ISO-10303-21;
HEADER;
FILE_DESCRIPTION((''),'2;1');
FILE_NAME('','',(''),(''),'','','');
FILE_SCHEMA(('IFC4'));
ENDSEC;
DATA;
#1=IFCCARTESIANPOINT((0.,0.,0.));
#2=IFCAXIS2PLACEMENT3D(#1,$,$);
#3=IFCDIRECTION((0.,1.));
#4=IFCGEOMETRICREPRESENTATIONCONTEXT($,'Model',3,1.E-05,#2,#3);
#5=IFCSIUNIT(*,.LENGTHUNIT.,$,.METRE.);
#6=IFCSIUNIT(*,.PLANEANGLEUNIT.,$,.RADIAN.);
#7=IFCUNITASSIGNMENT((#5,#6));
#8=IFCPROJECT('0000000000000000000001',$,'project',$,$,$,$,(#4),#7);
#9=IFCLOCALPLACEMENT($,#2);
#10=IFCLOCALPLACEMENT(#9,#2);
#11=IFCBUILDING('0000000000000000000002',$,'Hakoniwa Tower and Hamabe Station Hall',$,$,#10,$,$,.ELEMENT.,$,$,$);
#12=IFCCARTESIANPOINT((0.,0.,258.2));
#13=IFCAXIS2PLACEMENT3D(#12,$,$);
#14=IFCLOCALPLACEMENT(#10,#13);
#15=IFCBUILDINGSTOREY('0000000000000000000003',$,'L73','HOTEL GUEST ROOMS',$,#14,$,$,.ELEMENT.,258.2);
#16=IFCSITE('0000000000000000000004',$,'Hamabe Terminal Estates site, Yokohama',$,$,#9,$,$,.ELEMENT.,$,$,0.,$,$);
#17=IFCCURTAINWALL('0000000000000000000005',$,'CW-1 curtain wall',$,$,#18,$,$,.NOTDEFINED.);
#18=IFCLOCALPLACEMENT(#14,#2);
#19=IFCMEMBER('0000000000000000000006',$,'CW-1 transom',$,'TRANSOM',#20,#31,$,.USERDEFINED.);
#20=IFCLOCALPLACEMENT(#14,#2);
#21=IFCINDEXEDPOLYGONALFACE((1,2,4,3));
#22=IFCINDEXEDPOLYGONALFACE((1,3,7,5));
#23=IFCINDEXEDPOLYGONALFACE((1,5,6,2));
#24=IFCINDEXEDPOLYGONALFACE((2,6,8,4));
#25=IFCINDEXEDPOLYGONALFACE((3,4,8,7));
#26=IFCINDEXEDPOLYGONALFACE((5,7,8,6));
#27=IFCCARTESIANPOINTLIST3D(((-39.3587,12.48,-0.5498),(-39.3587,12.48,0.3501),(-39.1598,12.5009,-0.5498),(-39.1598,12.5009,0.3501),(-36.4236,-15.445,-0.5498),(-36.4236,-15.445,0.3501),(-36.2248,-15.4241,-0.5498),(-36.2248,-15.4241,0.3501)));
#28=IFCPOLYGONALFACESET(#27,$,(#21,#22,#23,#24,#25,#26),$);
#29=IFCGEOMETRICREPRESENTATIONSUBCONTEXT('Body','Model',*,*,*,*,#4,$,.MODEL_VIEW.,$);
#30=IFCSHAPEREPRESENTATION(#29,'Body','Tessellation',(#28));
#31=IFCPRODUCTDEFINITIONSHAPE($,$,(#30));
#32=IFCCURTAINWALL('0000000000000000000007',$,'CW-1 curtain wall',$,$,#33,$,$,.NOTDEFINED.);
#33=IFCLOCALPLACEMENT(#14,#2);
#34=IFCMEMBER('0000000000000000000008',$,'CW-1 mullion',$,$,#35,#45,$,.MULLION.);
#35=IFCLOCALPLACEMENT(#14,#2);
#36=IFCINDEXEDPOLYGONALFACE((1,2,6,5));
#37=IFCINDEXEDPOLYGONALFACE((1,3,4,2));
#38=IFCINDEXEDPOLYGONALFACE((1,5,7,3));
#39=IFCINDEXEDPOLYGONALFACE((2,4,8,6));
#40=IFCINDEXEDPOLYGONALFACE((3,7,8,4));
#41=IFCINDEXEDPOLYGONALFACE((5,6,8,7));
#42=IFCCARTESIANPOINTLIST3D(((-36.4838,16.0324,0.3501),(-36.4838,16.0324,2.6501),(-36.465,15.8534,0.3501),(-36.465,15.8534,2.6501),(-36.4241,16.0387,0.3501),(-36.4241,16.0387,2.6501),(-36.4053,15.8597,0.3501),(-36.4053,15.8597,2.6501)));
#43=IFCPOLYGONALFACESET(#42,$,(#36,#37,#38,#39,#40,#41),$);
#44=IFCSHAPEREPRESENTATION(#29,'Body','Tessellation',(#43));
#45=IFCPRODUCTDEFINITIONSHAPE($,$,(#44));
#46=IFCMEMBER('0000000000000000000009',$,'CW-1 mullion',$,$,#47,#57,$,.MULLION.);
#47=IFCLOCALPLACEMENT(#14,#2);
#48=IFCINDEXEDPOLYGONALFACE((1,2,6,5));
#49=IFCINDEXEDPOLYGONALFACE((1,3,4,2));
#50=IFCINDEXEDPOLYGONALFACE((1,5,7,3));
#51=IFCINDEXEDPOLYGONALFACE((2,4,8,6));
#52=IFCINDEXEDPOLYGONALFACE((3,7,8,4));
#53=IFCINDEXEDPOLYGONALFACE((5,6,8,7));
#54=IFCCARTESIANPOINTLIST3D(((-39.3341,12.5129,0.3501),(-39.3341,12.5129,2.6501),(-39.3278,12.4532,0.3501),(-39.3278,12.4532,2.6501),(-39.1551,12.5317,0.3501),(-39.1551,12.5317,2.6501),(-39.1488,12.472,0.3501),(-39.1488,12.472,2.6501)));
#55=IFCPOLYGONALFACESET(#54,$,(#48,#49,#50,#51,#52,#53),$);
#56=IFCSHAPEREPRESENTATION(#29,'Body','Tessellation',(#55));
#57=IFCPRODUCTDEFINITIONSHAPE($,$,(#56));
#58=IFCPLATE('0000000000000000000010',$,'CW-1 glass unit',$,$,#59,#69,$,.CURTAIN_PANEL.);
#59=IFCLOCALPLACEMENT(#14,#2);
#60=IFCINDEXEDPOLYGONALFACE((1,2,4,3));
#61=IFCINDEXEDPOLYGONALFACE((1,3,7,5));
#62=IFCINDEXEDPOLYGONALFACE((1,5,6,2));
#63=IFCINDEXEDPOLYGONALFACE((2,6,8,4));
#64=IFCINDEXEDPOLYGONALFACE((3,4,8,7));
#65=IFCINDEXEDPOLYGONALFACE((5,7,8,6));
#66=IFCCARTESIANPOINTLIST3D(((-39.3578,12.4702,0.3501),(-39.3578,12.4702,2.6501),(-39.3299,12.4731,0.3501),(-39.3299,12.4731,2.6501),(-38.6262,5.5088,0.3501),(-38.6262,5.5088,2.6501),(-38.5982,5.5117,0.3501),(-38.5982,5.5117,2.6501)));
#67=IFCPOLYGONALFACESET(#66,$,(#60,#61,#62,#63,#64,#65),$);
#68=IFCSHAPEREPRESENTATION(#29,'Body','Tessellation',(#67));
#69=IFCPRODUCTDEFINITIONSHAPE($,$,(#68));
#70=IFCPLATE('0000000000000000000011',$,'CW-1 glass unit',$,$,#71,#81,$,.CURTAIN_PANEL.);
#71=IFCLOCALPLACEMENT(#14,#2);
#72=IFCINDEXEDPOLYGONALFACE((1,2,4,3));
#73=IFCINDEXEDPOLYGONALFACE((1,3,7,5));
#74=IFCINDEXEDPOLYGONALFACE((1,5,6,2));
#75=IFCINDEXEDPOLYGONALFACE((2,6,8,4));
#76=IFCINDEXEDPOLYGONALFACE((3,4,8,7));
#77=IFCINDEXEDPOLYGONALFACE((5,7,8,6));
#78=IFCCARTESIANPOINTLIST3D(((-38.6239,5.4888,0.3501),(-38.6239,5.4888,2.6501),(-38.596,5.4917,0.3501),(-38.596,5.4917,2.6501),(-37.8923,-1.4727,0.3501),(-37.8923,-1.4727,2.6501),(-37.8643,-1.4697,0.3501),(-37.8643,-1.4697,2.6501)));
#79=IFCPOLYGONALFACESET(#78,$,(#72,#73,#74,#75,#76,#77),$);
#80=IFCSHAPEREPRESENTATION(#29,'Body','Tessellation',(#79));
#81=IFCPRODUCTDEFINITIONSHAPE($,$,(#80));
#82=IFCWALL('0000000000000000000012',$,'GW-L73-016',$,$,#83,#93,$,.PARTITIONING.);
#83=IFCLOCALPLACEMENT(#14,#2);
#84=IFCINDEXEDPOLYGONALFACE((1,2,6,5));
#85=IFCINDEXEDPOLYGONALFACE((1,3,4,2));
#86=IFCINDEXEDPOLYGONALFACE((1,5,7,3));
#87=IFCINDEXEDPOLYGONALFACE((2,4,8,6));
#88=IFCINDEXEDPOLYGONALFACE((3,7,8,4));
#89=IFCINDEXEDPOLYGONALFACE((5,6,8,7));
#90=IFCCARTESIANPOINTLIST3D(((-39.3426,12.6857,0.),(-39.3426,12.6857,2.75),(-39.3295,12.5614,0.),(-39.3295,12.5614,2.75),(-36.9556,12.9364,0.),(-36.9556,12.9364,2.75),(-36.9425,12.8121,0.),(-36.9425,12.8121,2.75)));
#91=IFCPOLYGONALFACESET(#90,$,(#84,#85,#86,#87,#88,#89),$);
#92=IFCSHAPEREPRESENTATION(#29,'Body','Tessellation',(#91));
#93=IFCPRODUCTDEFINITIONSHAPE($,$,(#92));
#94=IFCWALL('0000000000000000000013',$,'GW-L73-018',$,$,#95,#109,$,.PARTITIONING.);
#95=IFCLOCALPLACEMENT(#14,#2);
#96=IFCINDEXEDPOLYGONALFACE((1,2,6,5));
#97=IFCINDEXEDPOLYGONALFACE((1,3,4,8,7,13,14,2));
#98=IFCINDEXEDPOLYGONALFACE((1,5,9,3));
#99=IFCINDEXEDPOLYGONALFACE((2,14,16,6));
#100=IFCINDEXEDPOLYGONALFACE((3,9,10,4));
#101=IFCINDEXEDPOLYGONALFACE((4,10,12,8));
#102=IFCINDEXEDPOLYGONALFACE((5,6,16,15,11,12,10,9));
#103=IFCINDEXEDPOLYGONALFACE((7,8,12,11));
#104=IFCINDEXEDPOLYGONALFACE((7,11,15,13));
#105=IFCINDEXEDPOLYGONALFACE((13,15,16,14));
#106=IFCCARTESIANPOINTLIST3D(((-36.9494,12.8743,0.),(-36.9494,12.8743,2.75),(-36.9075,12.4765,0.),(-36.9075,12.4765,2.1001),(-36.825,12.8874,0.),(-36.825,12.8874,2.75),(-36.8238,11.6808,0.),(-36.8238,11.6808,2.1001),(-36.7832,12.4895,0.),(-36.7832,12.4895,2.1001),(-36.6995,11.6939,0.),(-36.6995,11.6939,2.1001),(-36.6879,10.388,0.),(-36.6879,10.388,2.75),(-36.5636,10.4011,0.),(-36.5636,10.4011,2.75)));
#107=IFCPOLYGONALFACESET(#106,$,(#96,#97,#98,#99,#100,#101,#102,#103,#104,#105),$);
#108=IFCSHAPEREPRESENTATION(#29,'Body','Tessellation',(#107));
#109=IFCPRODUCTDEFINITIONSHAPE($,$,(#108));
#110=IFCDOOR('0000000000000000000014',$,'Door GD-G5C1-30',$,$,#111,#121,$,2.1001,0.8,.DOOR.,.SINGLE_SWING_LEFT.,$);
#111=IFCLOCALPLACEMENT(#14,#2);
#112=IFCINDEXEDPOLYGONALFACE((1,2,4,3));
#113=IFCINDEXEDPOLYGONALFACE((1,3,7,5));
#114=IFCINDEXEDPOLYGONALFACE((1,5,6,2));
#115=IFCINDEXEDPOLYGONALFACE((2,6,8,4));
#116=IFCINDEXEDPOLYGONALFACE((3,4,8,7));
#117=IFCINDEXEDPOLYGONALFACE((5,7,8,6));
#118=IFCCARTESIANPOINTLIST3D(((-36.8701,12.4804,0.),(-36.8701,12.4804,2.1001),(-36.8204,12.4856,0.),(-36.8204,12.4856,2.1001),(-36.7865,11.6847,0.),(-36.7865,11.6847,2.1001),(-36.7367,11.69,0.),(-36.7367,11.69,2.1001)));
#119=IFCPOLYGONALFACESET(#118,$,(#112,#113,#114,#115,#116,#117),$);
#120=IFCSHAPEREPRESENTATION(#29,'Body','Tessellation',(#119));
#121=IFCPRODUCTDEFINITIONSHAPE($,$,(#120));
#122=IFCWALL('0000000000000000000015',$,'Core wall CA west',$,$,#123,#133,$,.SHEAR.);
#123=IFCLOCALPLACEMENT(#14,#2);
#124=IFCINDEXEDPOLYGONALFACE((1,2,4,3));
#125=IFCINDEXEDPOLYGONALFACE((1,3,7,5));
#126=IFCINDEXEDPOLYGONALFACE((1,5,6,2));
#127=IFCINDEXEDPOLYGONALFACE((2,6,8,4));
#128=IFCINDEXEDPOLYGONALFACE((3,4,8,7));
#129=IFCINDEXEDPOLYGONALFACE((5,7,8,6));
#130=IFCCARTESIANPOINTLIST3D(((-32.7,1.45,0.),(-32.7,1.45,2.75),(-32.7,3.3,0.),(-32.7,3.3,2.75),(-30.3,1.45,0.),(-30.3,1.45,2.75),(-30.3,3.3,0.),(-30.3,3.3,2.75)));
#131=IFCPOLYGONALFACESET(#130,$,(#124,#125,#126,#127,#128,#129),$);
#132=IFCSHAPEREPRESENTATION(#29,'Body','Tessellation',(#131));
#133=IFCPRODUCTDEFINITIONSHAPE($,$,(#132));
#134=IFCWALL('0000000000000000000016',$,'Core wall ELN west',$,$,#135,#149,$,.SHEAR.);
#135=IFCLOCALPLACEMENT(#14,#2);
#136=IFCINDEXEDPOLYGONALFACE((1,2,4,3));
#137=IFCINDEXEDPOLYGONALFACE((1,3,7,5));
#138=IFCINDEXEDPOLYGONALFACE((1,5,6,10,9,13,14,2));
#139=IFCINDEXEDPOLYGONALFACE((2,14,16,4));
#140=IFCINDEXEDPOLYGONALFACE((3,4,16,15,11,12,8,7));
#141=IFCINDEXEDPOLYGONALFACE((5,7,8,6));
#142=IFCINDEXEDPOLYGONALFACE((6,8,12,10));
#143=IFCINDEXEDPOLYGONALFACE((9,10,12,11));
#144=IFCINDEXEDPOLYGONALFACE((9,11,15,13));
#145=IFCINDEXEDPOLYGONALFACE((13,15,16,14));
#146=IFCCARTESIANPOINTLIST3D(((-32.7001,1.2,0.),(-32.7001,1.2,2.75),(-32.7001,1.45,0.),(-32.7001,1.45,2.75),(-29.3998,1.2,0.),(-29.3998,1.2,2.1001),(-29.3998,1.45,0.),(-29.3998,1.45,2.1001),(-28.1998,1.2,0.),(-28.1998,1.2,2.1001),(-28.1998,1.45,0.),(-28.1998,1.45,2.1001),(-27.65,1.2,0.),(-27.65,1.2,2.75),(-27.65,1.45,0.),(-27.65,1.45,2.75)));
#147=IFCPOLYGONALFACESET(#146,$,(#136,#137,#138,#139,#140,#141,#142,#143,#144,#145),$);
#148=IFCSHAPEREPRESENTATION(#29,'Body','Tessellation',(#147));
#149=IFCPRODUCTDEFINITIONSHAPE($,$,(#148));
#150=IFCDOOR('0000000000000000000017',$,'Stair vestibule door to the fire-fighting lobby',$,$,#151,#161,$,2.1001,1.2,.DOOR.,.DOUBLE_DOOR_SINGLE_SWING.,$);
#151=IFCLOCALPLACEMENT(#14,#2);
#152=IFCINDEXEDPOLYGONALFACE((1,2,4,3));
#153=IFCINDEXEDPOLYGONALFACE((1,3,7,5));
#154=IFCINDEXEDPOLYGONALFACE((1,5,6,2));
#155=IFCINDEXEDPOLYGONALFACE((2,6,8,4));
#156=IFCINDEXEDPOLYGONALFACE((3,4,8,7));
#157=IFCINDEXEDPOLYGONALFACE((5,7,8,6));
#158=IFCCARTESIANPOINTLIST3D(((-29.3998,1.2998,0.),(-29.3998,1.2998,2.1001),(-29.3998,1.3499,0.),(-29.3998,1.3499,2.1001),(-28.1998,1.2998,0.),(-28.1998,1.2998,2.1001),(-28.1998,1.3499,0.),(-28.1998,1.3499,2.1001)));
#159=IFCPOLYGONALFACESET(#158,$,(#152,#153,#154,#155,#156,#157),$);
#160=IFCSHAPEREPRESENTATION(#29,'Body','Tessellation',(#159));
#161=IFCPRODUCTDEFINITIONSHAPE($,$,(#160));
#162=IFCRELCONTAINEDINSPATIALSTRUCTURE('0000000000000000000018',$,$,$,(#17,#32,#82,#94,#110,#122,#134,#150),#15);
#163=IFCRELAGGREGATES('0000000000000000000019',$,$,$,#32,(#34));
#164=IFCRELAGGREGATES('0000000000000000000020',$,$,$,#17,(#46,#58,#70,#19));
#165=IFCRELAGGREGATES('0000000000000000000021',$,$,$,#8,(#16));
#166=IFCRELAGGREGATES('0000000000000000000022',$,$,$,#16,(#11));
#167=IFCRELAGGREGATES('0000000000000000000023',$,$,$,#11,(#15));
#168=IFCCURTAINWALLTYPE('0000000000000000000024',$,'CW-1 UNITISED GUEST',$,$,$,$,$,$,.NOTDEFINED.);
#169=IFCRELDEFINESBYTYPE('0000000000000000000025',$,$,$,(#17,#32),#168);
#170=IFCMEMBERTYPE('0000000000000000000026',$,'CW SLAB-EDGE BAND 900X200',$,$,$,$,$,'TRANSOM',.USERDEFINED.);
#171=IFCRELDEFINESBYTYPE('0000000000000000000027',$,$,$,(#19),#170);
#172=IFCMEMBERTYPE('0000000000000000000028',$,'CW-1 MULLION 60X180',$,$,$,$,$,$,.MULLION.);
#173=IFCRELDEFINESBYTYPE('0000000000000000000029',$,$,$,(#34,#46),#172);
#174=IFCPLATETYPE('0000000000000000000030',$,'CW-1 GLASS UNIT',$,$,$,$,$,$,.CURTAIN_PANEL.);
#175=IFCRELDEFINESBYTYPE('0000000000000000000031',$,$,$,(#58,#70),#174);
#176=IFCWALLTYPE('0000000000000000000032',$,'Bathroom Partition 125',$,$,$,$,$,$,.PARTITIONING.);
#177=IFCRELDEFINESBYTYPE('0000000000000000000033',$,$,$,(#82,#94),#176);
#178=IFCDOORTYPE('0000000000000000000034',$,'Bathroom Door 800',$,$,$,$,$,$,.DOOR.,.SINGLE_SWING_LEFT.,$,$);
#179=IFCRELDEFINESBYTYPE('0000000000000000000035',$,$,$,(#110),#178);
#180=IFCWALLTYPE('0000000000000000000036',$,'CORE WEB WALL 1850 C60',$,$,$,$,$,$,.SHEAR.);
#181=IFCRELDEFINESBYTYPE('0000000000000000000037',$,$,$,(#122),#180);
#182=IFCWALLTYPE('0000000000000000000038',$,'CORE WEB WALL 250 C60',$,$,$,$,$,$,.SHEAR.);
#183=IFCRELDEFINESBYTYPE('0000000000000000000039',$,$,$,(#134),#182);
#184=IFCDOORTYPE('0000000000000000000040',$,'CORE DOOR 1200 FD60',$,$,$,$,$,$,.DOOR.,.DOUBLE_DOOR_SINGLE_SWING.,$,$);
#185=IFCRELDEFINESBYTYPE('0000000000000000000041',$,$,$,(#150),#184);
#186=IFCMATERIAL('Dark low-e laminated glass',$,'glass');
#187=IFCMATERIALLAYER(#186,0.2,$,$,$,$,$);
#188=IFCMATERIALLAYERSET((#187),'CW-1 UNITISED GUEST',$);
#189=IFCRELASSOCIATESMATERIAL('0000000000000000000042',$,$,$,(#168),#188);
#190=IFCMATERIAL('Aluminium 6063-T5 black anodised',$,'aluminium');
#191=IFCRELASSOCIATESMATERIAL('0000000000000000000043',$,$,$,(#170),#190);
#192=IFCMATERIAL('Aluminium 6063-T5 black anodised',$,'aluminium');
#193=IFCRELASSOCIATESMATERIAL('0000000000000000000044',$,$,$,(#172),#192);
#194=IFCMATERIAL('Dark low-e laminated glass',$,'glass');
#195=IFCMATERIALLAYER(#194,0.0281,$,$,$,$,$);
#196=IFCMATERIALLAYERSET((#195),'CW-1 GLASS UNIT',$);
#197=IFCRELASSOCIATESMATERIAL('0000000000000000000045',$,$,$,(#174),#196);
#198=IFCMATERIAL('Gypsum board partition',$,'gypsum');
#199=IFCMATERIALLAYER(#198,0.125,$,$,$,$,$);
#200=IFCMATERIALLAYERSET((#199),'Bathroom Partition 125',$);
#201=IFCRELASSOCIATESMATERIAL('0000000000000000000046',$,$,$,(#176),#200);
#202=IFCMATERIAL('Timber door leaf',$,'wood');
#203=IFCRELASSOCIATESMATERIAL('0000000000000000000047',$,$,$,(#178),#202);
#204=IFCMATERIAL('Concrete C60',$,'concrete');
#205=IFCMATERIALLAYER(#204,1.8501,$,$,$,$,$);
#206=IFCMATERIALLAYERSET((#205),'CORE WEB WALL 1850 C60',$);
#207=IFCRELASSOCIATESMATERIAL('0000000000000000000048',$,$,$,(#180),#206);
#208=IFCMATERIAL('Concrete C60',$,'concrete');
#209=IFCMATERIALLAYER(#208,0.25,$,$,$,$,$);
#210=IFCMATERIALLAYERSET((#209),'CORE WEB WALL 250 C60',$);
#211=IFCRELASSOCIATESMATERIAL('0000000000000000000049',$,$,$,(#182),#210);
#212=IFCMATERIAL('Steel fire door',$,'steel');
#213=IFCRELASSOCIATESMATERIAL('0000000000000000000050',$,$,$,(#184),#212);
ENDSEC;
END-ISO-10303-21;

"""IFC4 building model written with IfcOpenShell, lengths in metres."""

from ifc_helpers import new_model, si_unit, direction, frame, frame_2d, origin, origin_2d, place, context, subcontext, project, spatial, rectangle, extrude, material, layer, layer_set, material_profile, profile_set, type_object, element, fill, aggregate, save


model = new_model("IFC4")

# Units and contexts
model_context = context("Model", 3, precision=1e-05, world=origin(), true_north=direction((0.0, 1.0)))
body_context = subcontext(model_context, "Body", "Model", "MODEL_VIEW")
ifc_project = project(units=[si_unit("LENGTHUNIT", "METRE"), si_unit("PLANEANGLEUNIT", "RADIAN")], contexts=[model_context])

# Site, building, storey
site_placement = place(None, origin())
site = spatial("IfcSite", under=ifc_project, at=site_placement, Name="Hamabe Terminal Estates site, Yokohama", CompositionType="ELEMENT", RefElevation=0.0)
building_placement = place(site_placement, origin())
building = spatial("IfcBuilding", under=site, at=building_placement, Name="Hakoniwa Tower and Hamabe Station Hall", CompositionType="ELEMENT")
storey_placement = place(building_placement, frame((0.0, 0.0, 258.2)))
storey = spatial("IfcBuildingStorey", under=building, at=storey_placement, Name="L73", Description="HOTEL GUEST ROOMS", CompositionType="ELEMENT", Elevation=258.2)

# Curtain walls, members
ifc_material_1 = material(Name="Dark low-e laminated glass", Category="glass")
ifc_layer_1 = layer(ifc_material_1, 0.2)
ifc_layer_set_1 = layer_set([ifc_layer_1], Name="CW-1 UNITISED GUEST")
curtain_wall_type = type_object("IfcCurtainWallType", Name="CW-1 UNITISED GUEST", PredefinedType="NOTDEFINED", material=ifc_layer_set_1)
curtain_wall_1_placement = place(storey_placement, origin())
curtain_wall_1 = element("IfcCurtainWall", 1, at=curtain_wall_1_placement, inside=storey, type_object=curtain_wall_type, Name="CW-1 curtain wall", PredefinedType="NOTDEFINED")
ifc_material_2 = material(Name="Aluminium 6063-T5 black anodised", Category="aluminium")
ifc_material_profile_1 = material_profile(ifc_material_2, rectangle(XDim=0.2, YDim=0.8999, at=origin_2d()), Name="CW SLAB-EDGE BAND 900X200")
ifc_profile_set_1 = profile_set([ifc_material_profile_1], Name="Aluminium 6063-T5 black anodised")
member_type_1 = type_object("IfcMemberType", Name="CW SLAB-EDGE BAND 900X200", ElementType="TRANSOM", PredefinedType="USERDEFINED", material=ifc_profile_set_1)
member_1_placement = place(storey_placement, frame((-39.2593, 12.4905, -0.0999), z_axis=(0.104529, -0.994522, 0.0), x_axis=(0.994522, 0.104529, 0.0)))
member_1 = element("IfcMember", 2, at=member_1_placement, type_object=member_type_1, Name="CW-1 transom", ObjectType="TRANSOM", PredefinedType="USERDEFINED", context=body_context, shape_type="SweptSolid", body=[
    extrude(rectangle(XDim=0.2, YDim=0.8999, at=origin_2d()), origin(), (0.0, 0.0, 1.0), 28.0789),
])
curtain_wall_2_placement = place(storey_placement, origin())
curtain_wall_2 = element("IfcCurtainWall", 3, at=curtain_wall_2_placement, inside=storey, type_object=curtain_wall_type, Name="CW-1 curtain wall", PredefinedType="NOTDEFINED")
ifc_material_3 = material(Name="Aluminium 6063-T5 black anodised", Category="aluminium")
ifc_material_profile_2 = material_profile(ifc_material_3, rectangle(XDim=0.0601, YDim=0.1799, at=origin_2d()), Name="CW-1 MULLION 60X180")
ifc_profile_set_2 = profile_set([ifc_material_profile_2], Name="Aluminium 6063-T5 black anodised")
member_type_2 = type_object("IfcMemberType", Name="CW-1 MULLION 60X180", PredefinedType="MULLION", material=ifc_profile_set_2)
member_2_placement = place(storey_placement, frame((-36.4446, 15.946, 0.3501), z_axis=(0.0, 0.0, 1.0), x_axis=(-0.994522, -0.104528, 0.0)))
member_2 = element("IfcMember", 4, at=member_2_placement, type_object=member_type_2, Name="CW-1 mullion", PredefinedType="MULLION", context=body_context, shape_type="SweptSolid", body=[
    extrude(rectangle(XDim=0.0601, YDim=0.1799, at=origin_2d()), origin(), (0.0, 0.0, 1.0), 2.3),
])
aggregate(curtain_wall_2, [member_2])

# Member
member_3_placement = place(storey_placement, frame((-39.2415, 12.4924, 0.3501), z_axis=(0.0, 0.0, 1.0), x_axis=(0.104528, -0.994522, 0.0)))
member_3 = element("IfcMember", 5, at=member_3_placement, type_object=member_type_2, Name="CW-1 mullion", PredefinedType="MULLION", context=body_context, shape_type="SweptSolid", body=[
    extrude(rectangle(XDim=0.0601, YDim=0.1799, at=origin_2d()), origin(), (0.0, 0.0, 1.0), 2.3),
])

# Plates
ifc_material_4 = material(Name="Dark low-e laminated glass", Category="glass")
ifc_layer_2 = layer(ifc_material_4, 0.0281)
ifc_layer_set_2 = layer_set([ifc_layer_2], Name="CW-1 GLASS UNIT")
plate_type = type_object("IfcPlateType", Name="CW-1 GLASS UNIT", PredefinedType="CURTAIN_PANEL", material=ifc_layer_set_2)
plate_1_placement = place(storey_placement, frame((-38.978, 8.991, 0.3501), z_axis=(0.0, 0.0, 1.0), x_axis=(0.104528, -0.994522, 0.0)))
plate_1 = element("IfcPlate", 6, at=plate_1_placement, type_object=plate_type, Name="CW-1 glass unit", PredefinedType="CURTAIN_PANEL", context=body_context, shape_type="SweptSolid", body=[
    extrude(rectangle(XDim=6.9998, YDim=0.0281, at=origin_2d()), origin(), (0.0, 0.0, 1.0), 2.3),
])
plate_2_placement = place(storey_placement, frame((-38.2441, 2.0095, 0.3501), z_axis=(0.0, 0.0, 1.0), x_axis=(0.104528, -0.994522, 0.0)))
plate_2 = element("IfcPlate", 7, at=plate_2_placement, type_object=plate_type, Name="CW-1 glass unit", PredefinedType="CURTAIN_PANEL", context=body_context, shape_type="SweptSolid", body=[
    extrude(rectangle(XDim=6.9998, YDim=0.0281, at=origin_2d()), origin(), (0.0, 0.0, 1.0), 2.3),
])
aggregate(curtain_wall_1, [member_3, plate_1, plate_2, member_1])

# Wall
ifc_material_5 = material(Name="Gypsum board partition", Category="gypsum")
ifc_layer_3 = layer(ifc_material_5, 0.125)
ifc_layer_set_3 = layer_set([ifc_layer_3], Name="Bathroom Partition 125")
wall_type_1 = type_object("IfcWallType", Name="Bathroom Partition 125", PredefinedType="PARTITIONING", material=ifc_layer_set_3)
wall_1_placement = place(storey_placement, frame((-39.3362, 12.6235, 0.0), z_axis=(0.0, 0.0, 1.0), x_axis=(0.994528, 0.104468, 0.0)))
element("IfcWall", 8, at=wall_1_placement, inside=storey, type_object=wall_type_1, Name="GW-L73-016", PredefinedType="PARTITIONING", context=body_context, shape_type="SweptSolid", body=[
    extrude(rectangle(XDim=2.4001, YDim=0.125, at=frame_2d((1.2002, 0.0))), origin(), (0.0, 0.0, 1.0), 2.75),
])

# Wall, opening, door
wall_2_placement = place(storey_placement, frame((-36.6257, 10.3945, 0.0), z_axis=(0.0, 0.0, 1.0), x_axis=(-0.104588, 0.994516, 0.0)))
wall_2 = element("IfcWall", 9, at=wall_2_placement, inside=storey, type_object=wall_type_1, Name="GW-L73-018", PredefinedType="PARTITIONING", context=body_context, shape_type="SweptSolid", body=[
    extrude(rectangle(XDim=2.5, YDim=0.125, at=frame_2d((1.25, 0.0))), origin(), (0.0, 0.0, 1.0), 2.75),
])
opening_1_placement = place(wall_2_placement, frame((1.3, 0.0, 0.0)))
opening_1 = element("IfcOpeningElement", 10, at=opening_1_placement, cuts=wall_2, PredefinedType="OPENING", context=body_context, shape_type="SweptSolid", body=[
    extrude(rectangle(XDim=0.8, YDim=2.1001, at=frame_2d((0.3999, 1.05))), frame((0.0, 0.0725, 0.0), z_axis=(0.0, -1.0, 0.0), x_axis=(1.0, 0.0, 0.0)), (0.0, 0.0, 1.0), 0.145),
])
ifc_material_6 = material(Name="Timber door leaf", Category="wood")
door_type_1 = type_object("IfcDoorType", Name="Bathroom Door 800", OperationType="SINGLE_SWING_LEFT", PredefinedType="DOOR", material=ifc_material_6)
door_1_placement = place(opening_1_placement, origin())
door_1 = element("IfcDoor", 11, at=door_1_placement, inside=storey, type_object=door_type_1, Name="Door GD-G5C1-30", OperationType="SINGLE_SWING_LEFT", OverallHeight=2.1001, OverallWidth=0.8, PredefinedType="DOOR", context=body_context, shape_type="SweptSolid", body=[
    extrude(rectangle(XDim=0.8, YDim=2.1001, at=frame_2d((0.3999, 1.05))), frame((0.0, 0.0249, 0.0), z_axis=(0.0, -1.0, 0.0), x_axis=(1.0, 0.0, 0.0)), (0.0, 0.0, 1.0), 0.05),
])
fill(opening_1, door_1)

# Wall
ifc_material_7 = material(Name="Concrete C60", Category="concrete")
ifc_layer_4 = layer(ifc_material_7, 1.8501)
ifc_layer_set_4 = layer_set([ifc_layer_4], Name="CORE WEB WALL 1850 C60")
wall_type_2 = type_object("IfcWallType", Name="CORE WEB WALL 1850 C60", PredefinedType="SHEAR", material=ifc_layer_set_4)
wall_3_placement = place(storey_placement, frame((-32.7, 2.375, 0.0), z_axis=(0.0, 0.0, 1.0), x_axis=(1.0, 0.0, 0.0)))
element("IfcWall", 12, at=wall_3_placement, inside=storey, type_object=wall_type_2, Name="Core wall CA west", PredefinedType="SHEAR", context=body_context, shape_type="SweptSolid", body=[
    extrude(rectangle(XDim=2.3999, YDim=1.8501, at=frame_2d((1.2, 0.0))), origin(), (0.0, 0.0, 1.0), 2.75),
])

# Wall, opening, door
ifc_material_8 = material(Name="Concrete C60", Category="concrete")
ifc_layer_5 = layer(ifc_material_8, 0.25)
ifc_layer_set_5 = layer_set([ifc_layer_5], Name="CORE WEB WALL 250 C60")
wall_type_3 = type_object("IfcWallType", Name="CORE WEB WALL 250 C60", PredefinedType="SHEAR", material=ifc_layer_set_5)
wall_4_placement = place(storey_placement, frame((-32.7, 1.325, 0.0), z_axis=(0.0, 0.0, 1.0), x_axis=(1.0, 0.0, 0.0)))
wall_4 = element("IfcWall", 13, at=wall_4_placement, inside=storey, type_object=wall_type_3, Name="Core wall ELN west", PredefinedType="SHEAR", context=body_context, shape_type="SweptSolid", body=[
    extrude(rectangle(XDim=5.05, YDim=0.25, at=frame_2d((2.5249, 0.0))), origin(), (0.0, 0.0, 1.0), 2.75),
])
opening_2_placement = place(wall_4_placement, frame((3.3, 0.0, 0.0)))
opening_2 = element("IfcOpeningElement", 14, at=opening_2_placement, cuts=wall_4, PredefinedType="OPENING", context=body_context, shape_type="SweptSolid", body=[
    extrude(rectangle(XDim=1.2, YDim=2.1001, at=frame_2d((0.6001, 1.05))), frame((0.0, 0.135, 0.0), z_axis=(0.0, -1.0, 0.0), x_axis=(1.0, 0.0, 0.0)), (0.0, 0.0, 1.0), 0.27),
])
ifc_material_9 = material(Name="Steel fire door", Category="steel")
door_type_2 = type_object("IfcDoorType", Name="CORE DOOR 1200 FD60", OperationType="DOUBLE_DOOR_SINGLE_SWING", PredefinedType="DOOR", material=ifc_material_9)
door_2_placement = place(opening_2_placement, origin())
door_2 = element("IfcDoor", 15, at=door_2_placement, inside=storey, type_object=door_type_2, Name="Stair vestibule door to the fire-fighting lobby", OperationType="DOUBLE_DOOR_SINGLE_SWING", OverallHeight=2.1001, OverallWidth=1.2, PredefinedType="DOOR", context=body_context, shape_type="SweptSolid", body=[
    extrude(rectangle(XDim=1.2, YDim=2.1001, at=frame_2d((0.6001, 1.05))), frame((0.0, 0.0249, 0.0), z_axis=(0.0, -1.0, 0.0), x_axis=(1.0, 0.0, 0.0)), (0.0, 0.0, 1.0), 0.05),
])
fill(opening_2, door_2)

save(model, "model.ifc")
